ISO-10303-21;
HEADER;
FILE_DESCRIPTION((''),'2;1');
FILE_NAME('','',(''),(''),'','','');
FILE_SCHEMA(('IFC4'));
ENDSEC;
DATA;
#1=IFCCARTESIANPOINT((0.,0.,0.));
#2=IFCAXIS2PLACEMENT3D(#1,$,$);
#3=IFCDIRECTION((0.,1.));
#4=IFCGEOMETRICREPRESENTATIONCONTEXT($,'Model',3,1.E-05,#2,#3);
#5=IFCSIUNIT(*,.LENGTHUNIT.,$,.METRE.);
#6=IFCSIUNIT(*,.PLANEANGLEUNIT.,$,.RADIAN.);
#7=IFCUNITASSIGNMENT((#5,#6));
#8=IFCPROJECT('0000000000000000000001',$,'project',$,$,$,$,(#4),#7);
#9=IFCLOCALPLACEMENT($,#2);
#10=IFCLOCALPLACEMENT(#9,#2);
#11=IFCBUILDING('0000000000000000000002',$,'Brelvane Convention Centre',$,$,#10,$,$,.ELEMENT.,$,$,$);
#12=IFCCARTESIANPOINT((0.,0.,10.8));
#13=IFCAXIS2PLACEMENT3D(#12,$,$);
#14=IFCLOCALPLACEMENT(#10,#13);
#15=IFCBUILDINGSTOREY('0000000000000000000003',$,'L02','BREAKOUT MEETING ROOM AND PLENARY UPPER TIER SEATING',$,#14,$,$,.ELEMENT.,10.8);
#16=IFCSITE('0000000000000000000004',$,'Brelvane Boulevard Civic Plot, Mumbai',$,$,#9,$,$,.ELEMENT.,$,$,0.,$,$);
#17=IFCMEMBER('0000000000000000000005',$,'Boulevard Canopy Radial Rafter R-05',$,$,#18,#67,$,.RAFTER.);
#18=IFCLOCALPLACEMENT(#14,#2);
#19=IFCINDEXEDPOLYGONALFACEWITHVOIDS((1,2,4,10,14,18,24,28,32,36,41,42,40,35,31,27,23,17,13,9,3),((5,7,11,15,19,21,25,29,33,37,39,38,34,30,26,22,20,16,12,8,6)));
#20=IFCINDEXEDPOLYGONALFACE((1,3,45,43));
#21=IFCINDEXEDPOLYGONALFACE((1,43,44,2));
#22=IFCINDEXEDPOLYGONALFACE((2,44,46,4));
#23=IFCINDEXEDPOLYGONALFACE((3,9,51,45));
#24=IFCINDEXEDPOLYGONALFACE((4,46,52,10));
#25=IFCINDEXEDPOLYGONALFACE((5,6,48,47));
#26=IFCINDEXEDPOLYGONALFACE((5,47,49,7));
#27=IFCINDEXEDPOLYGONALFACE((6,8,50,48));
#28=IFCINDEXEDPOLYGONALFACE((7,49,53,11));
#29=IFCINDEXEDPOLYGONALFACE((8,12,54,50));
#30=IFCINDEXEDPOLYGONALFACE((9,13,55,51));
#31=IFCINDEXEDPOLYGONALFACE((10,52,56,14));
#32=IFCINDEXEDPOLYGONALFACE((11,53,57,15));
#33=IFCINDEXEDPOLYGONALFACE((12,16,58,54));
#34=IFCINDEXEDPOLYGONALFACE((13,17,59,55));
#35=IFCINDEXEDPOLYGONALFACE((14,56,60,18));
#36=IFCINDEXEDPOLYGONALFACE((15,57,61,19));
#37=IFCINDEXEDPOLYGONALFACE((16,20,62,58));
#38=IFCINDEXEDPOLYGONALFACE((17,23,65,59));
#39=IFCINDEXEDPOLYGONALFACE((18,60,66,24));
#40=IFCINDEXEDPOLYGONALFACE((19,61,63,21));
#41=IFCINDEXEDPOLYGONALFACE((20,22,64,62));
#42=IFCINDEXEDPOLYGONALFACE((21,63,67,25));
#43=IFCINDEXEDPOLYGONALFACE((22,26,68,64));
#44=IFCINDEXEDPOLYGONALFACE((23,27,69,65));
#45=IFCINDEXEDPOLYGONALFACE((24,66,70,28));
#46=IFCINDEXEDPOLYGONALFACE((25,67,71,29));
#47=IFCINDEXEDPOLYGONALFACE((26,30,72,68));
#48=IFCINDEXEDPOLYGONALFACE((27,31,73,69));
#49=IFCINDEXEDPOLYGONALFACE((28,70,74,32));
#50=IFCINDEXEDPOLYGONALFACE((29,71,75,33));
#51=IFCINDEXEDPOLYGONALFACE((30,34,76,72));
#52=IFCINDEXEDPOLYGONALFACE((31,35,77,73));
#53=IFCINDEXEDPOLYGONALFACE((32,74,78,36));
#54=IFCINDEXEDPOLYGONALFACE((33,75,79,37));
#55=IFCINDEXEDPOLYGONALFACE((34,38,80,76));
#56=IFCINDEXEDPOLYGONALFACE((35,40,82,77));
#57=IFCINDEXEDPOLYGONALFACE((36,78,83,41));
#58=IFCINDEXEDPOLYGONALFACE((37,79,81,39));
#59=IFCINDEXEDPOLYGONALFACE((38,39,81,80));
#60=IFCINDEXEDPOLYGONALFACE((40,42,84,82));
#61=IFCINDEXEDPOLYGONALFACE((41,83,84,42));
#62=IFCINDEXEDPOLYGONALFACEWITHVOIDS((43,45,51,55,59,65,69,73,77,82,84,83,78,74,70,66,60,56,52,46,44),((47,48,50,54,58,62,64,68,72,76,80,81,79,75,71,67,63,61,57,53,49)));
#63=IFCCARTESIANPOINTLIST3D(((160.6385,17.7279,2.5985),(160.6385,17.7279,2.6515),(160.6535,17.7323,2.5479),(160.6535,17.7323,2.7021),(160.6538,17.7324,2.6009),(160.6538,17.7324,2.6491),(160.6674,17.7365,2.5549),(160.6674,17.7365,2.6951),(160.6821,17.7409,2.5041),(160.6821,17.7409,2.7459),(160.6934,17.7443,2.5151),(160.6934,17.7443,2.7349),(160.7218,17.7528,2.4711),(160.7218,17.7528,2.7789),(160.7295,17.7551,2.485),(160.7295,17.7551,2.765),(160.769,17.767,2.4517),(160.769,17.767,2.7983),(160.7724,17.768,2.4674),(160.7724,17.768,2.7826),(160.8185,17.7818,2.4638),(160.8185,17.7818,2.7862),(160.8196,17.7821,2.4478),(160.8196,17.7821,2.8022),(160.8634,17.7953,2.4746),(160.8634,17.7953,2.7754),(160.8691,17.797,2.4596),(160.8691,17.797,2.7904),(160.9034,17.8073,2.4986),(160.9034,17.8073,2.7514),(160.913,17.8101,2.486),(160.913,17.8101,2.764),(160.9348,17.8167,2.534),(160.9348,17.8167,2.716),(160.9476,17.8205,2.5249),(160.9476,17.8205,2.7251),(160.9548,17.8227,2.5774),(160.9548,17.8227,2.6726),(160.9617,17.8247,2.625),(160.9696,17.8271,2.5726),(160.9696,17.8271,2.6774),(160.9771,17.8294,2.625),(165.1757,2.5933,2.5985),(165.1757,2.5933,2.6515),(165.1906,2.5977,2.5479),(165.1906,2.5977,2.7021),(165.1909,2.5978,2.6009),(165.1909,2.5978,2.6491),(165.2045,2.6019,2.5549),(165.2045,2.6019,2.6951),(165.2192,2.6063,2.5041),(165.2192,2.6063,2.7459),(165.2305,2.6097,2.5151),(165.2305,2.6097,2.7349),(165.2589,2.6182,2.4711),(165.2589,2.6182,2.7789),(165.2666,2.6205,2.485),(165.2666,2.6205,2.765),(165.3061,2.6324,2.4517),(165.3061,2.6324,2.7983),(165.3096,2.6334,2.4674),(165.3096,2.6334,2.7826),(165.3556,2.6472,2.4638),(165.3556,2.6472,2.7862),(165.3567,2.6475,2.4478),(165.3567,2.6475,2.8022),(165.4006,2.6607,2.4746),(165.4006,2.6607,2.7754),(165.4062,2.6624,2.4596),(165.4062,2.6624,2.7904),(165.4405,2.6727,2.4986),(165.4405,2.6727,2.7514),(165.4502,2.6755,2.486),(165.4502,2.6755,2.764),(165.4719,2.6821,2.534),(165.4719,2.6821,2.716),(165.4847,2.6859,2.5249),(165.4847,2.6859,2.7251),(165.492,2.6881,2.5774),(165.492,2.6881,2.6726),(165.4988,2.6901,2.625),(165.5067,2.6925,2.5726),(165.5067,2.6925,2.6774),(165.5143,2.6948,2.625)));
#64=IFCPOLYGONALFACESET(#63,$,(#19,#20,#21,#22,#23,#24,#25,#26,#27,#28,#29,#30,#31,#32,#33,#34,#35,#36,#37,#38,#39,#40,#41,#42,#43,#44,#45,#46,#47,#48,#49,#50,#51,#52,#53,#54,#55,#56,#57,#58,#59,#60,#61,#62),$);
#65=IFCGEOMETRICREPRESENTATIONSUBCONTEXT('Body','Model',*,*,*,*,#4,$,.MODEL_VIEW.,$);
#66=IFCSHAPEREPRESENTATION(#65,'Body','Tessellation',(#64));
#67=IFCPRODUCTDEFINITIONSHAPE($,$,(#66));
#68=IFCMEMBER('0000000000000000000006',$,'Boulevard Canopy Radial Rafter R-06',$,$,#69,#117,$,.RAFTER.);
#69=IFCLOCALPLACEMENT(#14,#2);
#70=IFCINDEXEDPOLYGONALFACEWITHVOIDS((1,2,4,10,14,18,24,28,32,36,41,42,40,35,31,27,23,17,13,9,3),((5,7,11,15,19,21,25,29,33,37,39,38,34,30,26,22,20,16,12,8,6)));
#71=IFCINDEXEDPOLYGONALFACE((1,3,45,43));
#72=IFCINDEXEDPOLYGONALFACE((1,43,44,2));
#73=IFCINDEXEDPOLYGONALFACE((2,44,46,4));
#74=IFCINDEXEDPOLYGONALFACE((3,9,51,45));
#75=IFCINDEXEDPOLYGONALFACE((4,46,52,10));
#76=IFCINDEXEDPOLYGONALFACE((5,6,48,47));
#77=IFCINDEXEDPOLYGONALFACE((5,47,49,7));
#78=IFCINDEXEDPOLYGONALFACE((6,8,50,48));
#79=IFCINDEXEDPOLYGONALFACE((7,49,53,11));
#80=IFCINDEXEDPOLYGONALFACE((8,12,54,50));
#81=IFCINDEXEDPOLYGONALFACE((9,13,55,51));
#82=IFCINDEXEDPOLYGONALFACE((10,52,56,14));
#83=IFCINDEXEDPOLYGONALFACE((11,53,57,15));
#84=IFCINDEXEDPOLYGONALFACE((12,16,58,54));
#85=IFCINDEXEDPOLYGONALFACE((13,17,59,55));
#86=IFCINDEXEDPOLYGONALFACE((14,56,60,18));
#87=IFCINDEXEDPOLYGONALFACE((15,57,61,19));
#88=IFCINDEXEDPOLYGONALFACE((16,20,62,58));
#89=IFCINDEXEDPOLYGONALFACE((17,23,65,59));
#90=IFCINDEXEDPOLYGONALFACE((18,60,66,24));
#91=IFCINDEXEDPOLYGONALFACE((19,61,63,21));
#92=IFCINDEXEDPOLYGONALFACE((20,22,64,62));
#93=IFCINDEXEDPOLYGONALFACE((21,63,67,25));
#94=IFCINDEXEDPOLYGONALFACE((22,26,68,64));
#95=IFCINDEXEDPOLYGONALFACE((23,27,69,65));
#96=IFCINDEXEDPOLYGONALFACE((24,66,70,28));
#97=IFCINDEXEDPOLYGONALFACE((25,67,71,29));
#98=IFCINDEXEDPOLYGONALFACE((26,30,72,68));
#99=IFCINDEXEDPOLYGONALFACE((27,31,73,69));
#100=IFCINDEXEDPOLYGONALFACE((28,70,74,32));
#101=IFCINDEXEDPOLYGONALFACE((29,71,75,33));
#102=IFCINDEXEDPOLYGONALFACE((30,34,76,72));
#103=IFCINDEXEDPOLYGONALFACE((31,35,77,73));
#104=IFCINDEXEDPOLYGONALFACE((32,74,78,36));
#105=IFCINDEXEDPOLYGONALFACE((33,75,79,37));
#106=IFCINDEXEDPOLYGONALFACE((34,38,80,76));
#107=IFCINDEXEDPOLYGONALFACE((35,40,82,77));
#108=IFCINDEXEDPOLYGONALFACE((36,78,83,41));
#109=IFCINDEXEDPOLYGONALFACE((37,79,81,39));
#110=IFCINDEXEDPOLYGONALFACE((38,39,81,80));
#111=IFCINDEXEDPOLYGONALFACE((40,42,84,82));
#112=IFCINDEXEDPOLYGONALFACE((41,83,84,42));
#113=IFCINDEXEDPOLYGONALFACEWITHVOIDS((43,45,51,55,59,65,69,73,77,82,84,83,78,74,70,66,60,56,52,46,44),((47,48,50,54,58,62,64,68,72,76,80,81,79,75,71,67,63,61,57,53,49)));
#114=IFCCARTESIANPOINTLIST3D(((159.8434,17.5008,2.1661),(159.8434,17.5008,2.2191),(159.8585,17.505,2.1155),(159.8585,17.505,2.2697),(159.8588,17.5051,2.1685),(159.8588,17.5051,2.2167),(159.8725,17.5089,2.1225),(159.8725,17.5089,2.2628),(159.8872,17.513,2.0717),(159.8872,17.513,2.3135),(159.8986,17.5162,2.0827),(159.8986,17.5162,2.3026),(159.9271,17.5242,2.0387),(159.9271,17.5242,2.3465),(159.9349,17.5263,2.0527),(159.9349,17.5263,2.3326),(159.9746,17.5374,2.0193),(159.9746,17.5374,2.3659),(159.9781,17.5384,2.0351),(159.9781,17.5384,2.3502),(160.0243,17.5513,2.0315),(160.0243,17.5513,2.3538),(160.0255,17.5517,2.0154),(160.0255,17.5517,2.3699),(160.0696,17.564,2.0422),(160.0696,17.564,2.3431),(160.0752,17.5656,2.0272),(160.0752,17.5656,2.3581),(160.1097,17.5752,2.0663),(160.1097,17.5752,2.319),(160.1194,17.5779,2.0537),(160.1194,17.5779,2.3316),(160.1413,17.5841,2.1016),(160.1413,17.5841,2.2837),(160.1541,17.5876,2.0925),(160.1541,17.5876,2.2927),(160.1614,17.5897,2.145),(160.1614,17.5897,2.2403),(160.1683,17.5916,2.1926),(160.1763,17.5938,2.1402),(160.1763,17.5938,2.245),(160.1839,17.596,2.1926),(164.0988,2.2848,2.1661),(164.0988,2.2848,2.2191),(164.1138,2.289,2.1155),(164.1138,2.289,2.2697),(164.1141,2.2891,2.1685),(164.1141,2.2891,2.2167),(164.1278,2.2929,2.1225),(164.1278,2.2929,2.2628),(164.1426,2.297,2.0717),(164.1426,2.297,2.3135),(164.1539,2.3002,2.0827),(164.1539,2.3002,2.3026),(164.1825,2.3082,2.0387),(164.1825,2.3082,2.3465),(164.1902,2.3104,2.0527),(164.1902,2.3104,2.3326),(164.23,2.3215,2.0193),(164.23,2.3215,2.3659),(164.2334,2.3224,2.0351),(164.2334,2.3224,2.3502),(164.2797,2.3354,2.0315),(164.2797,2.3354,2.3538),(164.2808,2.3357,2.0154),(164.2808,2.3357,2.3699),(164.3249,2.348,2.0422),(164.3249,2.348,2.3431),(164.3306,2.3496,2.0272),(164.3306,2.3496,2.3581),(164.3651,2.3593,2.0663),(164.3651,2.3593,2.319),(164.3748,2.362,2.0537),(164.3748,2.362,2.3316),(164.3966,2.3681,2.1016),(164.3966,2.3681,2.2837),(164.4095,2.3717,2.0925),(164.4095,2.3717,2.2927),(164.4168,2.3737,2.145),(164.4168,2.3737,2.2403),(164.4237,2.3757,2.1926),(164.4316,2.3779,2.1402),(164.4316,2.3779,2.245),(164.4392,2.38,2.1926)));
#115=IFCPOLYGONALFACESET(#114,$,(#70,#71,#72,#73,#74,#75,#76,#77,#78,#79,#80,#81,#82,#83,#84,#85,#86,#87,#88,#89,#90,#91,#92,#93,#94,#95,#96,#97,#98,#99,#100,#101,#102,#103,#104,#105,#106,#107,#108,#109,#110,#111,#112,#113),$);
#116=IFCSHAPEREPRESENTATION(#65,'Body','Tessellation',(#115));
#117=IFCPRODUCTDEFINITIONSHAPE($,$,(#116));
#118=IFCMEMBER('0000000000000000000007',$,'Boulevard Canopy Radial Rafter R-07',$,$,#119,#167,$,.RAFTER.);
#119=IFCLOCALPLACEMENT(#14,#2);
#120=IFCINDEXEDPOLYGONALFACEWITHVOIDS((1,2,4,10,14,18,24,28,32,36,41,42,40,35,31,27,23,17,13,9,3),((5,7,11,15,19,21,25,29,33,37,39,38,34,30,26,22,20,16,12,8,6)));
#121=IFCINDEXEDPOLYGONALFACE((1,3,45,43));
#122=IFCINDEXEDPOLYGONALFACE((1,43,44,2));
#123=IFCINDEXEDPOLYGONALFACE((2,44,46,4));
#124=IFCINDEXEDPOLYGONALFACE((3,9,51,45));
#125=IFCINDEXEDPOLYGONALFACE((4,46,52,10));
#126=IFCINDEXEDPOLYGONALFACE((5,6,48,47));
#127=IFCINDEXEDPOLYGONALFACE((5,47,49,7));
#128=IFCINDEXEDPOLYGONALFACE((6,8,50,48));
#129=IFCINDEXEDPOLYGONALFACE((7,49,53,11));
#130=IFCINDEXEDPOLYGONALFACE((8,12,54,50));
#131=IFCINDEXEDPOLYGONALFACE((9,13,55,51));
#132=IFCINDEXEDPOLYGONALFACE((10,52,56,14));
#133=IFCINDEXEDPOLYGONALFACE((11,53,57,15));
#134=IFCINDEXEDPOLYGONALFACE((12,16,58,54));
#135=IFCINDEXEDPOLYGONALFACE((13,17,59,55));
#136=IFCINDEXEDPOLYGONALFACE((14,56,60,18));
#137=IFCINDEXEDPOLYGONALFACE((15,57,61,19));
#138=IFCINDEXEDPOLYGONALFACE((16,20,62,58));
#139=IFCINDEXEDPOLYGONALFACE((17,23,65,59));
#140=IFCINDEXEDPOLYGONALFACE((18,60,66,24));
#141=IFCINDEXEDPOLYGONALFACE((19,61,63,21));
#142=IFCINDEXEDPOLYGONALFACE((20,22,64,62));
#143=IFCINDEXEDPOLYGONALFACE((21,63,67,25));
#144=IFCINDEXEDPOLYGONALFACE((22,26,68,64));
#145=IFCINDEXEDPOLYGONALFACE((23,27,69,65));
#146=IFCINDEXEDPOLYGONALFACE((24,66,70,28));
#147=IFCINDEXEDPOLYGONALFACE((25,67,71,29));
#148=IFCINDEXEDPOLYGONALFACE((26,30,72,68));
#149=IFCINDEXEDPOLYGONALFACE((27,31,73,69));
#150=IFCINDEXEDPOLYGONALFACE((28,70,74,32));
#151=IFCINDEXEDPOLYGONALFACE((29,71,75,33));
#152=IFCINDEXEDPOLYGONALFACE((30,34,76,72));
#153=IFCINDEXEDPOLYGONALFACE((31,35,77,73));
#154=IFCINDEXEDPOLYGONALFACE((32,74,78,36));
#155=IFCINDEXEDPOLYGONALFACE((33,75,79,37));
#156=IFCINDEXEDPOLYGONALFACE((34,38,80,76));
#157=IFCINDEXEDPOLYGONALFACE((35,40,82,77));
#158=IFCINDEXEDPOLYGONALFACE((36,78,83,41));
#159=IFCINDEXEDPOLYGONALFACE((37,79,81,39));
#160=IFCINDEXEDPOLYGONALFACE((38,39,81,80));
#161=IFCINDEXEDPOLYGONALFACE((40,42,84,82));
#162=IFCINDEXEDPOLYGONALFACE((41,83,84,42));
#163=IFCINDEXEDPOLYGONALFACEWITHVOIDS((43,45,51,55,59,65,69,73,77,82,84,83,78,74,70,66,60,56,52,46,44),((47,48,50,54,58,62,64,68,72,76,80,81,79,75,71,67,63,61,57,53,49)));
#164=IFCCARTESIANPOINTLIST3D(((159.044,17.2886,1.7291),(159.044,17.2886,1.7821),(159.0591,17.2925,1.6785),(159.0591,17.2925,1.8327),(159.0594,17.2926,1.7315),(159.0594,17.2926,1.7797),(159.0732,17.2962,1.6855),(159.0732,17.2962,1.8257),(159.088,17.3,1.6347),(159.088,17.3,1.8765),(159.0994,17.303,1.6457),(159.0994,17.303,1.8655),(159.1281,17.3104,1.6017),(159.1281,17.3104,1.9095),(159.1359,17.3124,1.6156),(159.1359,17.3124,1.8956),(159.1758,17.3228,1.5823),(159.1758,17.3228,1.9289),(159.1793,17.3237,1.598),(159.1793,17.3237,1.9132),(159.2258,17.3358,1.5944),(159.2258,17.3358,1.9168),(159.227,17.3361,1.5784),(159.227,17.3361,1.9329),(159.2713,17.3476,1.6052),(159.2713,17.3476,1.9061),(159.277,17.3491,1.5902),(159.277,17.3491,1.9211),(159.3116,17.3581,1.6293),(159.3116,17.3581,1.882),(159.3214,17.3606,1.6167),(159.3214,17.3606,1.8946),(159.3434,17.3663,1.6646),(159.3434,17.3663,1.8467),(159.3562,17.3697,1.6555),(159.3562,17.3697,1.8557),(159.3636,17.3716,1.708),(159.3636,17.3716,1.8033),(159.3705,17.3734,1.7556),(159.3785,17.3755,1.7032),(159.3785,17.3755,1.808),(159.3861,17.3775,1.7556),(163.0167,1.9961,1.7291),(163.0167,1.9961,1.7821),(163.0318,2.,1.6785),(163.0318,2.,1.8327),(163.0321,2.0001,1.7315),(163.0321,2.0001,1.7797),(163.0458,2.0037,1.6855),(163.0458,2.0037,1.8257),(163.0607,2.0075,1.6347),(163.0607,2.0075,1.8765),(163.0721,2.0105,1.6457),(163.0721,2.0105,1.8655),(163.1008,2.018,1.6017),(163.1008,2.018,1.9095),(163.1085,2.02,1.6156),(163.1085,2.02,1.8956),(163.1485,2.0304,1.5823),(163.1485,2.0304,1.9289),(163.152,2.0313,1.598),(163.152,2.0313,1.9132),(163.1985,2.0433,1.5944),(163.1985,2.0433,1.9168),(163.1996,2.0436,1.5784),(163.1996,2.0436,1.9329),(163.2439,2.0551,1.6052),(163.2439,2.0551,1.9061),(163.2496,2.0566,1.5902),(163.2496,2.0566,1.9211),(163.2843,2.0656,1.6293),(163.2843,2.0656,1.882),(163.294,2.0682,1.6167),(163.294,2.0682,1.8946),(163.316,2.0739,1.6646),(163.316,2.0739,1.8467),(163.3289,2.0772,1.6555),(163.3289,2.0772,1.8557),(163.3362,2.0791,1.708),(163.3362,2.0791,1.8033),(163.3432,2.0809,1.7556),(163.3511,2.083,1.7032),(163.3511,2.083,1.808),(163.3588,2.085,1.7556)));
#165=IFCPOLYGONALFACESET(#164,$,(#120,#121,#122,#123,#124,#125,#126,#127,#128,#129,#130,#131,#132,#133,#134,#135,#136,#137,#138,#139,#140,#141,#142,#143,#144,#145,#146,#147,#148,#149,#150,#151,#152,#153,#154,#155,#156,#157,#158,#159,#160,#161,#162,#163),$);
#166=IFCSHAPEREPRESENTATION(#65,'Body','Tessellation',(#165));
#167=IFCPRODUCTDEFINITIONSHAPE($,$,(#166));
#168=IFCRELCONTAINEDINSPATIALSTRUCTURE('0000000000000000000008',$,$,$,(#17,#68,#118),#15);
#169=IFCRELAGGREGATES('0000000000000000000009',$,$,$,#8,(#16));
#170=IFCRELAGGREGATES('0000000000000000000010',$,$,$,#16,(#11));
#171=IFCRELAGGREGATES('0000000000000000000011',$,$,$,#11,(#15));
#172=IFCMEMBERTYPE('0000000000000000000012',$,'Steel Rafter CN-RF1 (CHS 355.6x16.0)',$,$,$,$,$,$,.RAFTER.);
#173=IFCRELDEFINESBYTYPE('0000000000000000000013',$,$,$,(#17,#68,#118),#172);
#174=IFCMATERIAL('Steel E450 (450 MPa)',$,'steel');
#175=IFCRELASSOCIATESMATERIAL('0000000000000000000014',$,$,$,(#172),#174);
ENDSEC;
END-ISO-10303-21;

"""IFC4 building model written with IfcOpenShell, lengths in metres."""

from ifc_helpers import new_model, si_unit, direction, frame, origin, origin_2d, place, context, subcontext, project, spatial, hollow_circle, extrude, material, material_profile, profile_set, type_object, element, save


model = new_model("IFC4")

# Units and contexts
model_context = context("Model", 3, precision=1e-05, world=origin(), true_north=direction((0.0, 1.0)))
body_context = subcontext(model_context, "Body", "Model", "MODEL_VIEW")
ifc_project = project(units=[si_unit("LENGTHUNIT", "METRE"), si_unit("PLANEANGLEUNIT", "RADIAN")], contexts=[model_context])

# Site, building, storey
site_placement = place(None, origin())
site = spatial("IfcSite", under=ifc_project, at=site_placement, Name="Brelvane Boulevard Civic Plot, Mumbai", CompositionType="ELEMENT", RefElevation=0.0)
building_placement = place(site_placement, origin())
building = spatial("IfcBuilding", under=site, at=building_placement, Name="Brelvane Convention Centre", CompositionType="ELEMENT")
storey_placement = place(building_placement, frame((0.0, 0.0, 10.8)))
storey = spatial("IfcBuildingStorey", under=building, at=storey_placement, Name="L02", Description="BREAKOUT MEETING ROOM AND PLENARY UPPER TIER SEATING", CompositionType="ELEMENT", Elevation=10.8)

# Members
ifc_material_1 = material(Name="Steel E450 (450 MPa)", Category="steel")
ifc_material_profile_1 = material_profile(ifc_material_1, hollow_circle(Radius=0.1777, WallThickness=0.0161, at=origin_2d()), Name="CHS 355.6x16.0")
ifc_profile_set_1 = profile_set([ifc_material_profile_1], Name="Steel E450 (450 MPa)")
member_type_1 = type_object("IfcMemberType", Name="Steel Rafter CN-RF1 (CHS 355.6x16.0)", PredefinedType="RAFTER", material=ifc_profile_set_1)
for number, where, z_axis, x_axis, name in (
    (1, (160.8069, 17.7783, 2.625), (0.287159, -0.957883, 0.0), (0.957883, 0.287159, 0.0), "Boulevard Canopy Radial Rafter R-05"),
):
    element("IfcMember", number, at=place(storey_placement, frame(where, z_axis=z_axis, x_axis=x_axis)), inside=storey, type_object=member_type_1, Name=name, PredefinedType="RAFTER", context=body_context, shape_type="SweptSolid", body=[
        extrude(hollow_circle(Radius=0.1777, WallThickness=0.0161, at=origin_2d()), origin(), (0.0, 0.0, 1.0), 15.8),
    ])
member_1_placement = place(storey_placement, frame((160.0127, 17.5481, 2.1926), z_axis=(0.269329, -0.963048, 0.0), x_axis=(0.963048, 0.269329, 0.0)))
element("IfcMember", 2, at=member_1_placement, inside=storey, type_object=member_type_1, Name="Boulevard Canopy Radial Rafter R-06", PredefinedType="RAFTER", context=body_context, shape_type="SweptSolid", body=[
    extrude(hollow_circle(Radius=0.1777, WallThickness=0.0161, at=origin_2d()), origin(), (0.0, 0.0, 1.0), 15.7998),
])
for number, where, z_axis, x_axis, name in (
    (3, (159.2141, 17.3328, 1.7556), (0.251433, -0.967875, 0.0), (0.967875, 0.251433, 0.0), "Boulevard Canopy Radial Rafter R-07"),
):
    element("IfcMember", number, at=place(storey_placement, frame(where, z_axis=z_axis, x_axis=x_axis)), inside=storey, type_object=member_type_1, Name=name, PredefinedType="RAFTER", context=body_context, shape_type="SweptSolid", body=[
        extrude(hollow_circle(Radius=0.1777, WallThickness=0.0161, at=origin_2d()), origin(), (0.0, 0.0, 1.0), 15.8),
    ])

save(model, "model.ifc")
